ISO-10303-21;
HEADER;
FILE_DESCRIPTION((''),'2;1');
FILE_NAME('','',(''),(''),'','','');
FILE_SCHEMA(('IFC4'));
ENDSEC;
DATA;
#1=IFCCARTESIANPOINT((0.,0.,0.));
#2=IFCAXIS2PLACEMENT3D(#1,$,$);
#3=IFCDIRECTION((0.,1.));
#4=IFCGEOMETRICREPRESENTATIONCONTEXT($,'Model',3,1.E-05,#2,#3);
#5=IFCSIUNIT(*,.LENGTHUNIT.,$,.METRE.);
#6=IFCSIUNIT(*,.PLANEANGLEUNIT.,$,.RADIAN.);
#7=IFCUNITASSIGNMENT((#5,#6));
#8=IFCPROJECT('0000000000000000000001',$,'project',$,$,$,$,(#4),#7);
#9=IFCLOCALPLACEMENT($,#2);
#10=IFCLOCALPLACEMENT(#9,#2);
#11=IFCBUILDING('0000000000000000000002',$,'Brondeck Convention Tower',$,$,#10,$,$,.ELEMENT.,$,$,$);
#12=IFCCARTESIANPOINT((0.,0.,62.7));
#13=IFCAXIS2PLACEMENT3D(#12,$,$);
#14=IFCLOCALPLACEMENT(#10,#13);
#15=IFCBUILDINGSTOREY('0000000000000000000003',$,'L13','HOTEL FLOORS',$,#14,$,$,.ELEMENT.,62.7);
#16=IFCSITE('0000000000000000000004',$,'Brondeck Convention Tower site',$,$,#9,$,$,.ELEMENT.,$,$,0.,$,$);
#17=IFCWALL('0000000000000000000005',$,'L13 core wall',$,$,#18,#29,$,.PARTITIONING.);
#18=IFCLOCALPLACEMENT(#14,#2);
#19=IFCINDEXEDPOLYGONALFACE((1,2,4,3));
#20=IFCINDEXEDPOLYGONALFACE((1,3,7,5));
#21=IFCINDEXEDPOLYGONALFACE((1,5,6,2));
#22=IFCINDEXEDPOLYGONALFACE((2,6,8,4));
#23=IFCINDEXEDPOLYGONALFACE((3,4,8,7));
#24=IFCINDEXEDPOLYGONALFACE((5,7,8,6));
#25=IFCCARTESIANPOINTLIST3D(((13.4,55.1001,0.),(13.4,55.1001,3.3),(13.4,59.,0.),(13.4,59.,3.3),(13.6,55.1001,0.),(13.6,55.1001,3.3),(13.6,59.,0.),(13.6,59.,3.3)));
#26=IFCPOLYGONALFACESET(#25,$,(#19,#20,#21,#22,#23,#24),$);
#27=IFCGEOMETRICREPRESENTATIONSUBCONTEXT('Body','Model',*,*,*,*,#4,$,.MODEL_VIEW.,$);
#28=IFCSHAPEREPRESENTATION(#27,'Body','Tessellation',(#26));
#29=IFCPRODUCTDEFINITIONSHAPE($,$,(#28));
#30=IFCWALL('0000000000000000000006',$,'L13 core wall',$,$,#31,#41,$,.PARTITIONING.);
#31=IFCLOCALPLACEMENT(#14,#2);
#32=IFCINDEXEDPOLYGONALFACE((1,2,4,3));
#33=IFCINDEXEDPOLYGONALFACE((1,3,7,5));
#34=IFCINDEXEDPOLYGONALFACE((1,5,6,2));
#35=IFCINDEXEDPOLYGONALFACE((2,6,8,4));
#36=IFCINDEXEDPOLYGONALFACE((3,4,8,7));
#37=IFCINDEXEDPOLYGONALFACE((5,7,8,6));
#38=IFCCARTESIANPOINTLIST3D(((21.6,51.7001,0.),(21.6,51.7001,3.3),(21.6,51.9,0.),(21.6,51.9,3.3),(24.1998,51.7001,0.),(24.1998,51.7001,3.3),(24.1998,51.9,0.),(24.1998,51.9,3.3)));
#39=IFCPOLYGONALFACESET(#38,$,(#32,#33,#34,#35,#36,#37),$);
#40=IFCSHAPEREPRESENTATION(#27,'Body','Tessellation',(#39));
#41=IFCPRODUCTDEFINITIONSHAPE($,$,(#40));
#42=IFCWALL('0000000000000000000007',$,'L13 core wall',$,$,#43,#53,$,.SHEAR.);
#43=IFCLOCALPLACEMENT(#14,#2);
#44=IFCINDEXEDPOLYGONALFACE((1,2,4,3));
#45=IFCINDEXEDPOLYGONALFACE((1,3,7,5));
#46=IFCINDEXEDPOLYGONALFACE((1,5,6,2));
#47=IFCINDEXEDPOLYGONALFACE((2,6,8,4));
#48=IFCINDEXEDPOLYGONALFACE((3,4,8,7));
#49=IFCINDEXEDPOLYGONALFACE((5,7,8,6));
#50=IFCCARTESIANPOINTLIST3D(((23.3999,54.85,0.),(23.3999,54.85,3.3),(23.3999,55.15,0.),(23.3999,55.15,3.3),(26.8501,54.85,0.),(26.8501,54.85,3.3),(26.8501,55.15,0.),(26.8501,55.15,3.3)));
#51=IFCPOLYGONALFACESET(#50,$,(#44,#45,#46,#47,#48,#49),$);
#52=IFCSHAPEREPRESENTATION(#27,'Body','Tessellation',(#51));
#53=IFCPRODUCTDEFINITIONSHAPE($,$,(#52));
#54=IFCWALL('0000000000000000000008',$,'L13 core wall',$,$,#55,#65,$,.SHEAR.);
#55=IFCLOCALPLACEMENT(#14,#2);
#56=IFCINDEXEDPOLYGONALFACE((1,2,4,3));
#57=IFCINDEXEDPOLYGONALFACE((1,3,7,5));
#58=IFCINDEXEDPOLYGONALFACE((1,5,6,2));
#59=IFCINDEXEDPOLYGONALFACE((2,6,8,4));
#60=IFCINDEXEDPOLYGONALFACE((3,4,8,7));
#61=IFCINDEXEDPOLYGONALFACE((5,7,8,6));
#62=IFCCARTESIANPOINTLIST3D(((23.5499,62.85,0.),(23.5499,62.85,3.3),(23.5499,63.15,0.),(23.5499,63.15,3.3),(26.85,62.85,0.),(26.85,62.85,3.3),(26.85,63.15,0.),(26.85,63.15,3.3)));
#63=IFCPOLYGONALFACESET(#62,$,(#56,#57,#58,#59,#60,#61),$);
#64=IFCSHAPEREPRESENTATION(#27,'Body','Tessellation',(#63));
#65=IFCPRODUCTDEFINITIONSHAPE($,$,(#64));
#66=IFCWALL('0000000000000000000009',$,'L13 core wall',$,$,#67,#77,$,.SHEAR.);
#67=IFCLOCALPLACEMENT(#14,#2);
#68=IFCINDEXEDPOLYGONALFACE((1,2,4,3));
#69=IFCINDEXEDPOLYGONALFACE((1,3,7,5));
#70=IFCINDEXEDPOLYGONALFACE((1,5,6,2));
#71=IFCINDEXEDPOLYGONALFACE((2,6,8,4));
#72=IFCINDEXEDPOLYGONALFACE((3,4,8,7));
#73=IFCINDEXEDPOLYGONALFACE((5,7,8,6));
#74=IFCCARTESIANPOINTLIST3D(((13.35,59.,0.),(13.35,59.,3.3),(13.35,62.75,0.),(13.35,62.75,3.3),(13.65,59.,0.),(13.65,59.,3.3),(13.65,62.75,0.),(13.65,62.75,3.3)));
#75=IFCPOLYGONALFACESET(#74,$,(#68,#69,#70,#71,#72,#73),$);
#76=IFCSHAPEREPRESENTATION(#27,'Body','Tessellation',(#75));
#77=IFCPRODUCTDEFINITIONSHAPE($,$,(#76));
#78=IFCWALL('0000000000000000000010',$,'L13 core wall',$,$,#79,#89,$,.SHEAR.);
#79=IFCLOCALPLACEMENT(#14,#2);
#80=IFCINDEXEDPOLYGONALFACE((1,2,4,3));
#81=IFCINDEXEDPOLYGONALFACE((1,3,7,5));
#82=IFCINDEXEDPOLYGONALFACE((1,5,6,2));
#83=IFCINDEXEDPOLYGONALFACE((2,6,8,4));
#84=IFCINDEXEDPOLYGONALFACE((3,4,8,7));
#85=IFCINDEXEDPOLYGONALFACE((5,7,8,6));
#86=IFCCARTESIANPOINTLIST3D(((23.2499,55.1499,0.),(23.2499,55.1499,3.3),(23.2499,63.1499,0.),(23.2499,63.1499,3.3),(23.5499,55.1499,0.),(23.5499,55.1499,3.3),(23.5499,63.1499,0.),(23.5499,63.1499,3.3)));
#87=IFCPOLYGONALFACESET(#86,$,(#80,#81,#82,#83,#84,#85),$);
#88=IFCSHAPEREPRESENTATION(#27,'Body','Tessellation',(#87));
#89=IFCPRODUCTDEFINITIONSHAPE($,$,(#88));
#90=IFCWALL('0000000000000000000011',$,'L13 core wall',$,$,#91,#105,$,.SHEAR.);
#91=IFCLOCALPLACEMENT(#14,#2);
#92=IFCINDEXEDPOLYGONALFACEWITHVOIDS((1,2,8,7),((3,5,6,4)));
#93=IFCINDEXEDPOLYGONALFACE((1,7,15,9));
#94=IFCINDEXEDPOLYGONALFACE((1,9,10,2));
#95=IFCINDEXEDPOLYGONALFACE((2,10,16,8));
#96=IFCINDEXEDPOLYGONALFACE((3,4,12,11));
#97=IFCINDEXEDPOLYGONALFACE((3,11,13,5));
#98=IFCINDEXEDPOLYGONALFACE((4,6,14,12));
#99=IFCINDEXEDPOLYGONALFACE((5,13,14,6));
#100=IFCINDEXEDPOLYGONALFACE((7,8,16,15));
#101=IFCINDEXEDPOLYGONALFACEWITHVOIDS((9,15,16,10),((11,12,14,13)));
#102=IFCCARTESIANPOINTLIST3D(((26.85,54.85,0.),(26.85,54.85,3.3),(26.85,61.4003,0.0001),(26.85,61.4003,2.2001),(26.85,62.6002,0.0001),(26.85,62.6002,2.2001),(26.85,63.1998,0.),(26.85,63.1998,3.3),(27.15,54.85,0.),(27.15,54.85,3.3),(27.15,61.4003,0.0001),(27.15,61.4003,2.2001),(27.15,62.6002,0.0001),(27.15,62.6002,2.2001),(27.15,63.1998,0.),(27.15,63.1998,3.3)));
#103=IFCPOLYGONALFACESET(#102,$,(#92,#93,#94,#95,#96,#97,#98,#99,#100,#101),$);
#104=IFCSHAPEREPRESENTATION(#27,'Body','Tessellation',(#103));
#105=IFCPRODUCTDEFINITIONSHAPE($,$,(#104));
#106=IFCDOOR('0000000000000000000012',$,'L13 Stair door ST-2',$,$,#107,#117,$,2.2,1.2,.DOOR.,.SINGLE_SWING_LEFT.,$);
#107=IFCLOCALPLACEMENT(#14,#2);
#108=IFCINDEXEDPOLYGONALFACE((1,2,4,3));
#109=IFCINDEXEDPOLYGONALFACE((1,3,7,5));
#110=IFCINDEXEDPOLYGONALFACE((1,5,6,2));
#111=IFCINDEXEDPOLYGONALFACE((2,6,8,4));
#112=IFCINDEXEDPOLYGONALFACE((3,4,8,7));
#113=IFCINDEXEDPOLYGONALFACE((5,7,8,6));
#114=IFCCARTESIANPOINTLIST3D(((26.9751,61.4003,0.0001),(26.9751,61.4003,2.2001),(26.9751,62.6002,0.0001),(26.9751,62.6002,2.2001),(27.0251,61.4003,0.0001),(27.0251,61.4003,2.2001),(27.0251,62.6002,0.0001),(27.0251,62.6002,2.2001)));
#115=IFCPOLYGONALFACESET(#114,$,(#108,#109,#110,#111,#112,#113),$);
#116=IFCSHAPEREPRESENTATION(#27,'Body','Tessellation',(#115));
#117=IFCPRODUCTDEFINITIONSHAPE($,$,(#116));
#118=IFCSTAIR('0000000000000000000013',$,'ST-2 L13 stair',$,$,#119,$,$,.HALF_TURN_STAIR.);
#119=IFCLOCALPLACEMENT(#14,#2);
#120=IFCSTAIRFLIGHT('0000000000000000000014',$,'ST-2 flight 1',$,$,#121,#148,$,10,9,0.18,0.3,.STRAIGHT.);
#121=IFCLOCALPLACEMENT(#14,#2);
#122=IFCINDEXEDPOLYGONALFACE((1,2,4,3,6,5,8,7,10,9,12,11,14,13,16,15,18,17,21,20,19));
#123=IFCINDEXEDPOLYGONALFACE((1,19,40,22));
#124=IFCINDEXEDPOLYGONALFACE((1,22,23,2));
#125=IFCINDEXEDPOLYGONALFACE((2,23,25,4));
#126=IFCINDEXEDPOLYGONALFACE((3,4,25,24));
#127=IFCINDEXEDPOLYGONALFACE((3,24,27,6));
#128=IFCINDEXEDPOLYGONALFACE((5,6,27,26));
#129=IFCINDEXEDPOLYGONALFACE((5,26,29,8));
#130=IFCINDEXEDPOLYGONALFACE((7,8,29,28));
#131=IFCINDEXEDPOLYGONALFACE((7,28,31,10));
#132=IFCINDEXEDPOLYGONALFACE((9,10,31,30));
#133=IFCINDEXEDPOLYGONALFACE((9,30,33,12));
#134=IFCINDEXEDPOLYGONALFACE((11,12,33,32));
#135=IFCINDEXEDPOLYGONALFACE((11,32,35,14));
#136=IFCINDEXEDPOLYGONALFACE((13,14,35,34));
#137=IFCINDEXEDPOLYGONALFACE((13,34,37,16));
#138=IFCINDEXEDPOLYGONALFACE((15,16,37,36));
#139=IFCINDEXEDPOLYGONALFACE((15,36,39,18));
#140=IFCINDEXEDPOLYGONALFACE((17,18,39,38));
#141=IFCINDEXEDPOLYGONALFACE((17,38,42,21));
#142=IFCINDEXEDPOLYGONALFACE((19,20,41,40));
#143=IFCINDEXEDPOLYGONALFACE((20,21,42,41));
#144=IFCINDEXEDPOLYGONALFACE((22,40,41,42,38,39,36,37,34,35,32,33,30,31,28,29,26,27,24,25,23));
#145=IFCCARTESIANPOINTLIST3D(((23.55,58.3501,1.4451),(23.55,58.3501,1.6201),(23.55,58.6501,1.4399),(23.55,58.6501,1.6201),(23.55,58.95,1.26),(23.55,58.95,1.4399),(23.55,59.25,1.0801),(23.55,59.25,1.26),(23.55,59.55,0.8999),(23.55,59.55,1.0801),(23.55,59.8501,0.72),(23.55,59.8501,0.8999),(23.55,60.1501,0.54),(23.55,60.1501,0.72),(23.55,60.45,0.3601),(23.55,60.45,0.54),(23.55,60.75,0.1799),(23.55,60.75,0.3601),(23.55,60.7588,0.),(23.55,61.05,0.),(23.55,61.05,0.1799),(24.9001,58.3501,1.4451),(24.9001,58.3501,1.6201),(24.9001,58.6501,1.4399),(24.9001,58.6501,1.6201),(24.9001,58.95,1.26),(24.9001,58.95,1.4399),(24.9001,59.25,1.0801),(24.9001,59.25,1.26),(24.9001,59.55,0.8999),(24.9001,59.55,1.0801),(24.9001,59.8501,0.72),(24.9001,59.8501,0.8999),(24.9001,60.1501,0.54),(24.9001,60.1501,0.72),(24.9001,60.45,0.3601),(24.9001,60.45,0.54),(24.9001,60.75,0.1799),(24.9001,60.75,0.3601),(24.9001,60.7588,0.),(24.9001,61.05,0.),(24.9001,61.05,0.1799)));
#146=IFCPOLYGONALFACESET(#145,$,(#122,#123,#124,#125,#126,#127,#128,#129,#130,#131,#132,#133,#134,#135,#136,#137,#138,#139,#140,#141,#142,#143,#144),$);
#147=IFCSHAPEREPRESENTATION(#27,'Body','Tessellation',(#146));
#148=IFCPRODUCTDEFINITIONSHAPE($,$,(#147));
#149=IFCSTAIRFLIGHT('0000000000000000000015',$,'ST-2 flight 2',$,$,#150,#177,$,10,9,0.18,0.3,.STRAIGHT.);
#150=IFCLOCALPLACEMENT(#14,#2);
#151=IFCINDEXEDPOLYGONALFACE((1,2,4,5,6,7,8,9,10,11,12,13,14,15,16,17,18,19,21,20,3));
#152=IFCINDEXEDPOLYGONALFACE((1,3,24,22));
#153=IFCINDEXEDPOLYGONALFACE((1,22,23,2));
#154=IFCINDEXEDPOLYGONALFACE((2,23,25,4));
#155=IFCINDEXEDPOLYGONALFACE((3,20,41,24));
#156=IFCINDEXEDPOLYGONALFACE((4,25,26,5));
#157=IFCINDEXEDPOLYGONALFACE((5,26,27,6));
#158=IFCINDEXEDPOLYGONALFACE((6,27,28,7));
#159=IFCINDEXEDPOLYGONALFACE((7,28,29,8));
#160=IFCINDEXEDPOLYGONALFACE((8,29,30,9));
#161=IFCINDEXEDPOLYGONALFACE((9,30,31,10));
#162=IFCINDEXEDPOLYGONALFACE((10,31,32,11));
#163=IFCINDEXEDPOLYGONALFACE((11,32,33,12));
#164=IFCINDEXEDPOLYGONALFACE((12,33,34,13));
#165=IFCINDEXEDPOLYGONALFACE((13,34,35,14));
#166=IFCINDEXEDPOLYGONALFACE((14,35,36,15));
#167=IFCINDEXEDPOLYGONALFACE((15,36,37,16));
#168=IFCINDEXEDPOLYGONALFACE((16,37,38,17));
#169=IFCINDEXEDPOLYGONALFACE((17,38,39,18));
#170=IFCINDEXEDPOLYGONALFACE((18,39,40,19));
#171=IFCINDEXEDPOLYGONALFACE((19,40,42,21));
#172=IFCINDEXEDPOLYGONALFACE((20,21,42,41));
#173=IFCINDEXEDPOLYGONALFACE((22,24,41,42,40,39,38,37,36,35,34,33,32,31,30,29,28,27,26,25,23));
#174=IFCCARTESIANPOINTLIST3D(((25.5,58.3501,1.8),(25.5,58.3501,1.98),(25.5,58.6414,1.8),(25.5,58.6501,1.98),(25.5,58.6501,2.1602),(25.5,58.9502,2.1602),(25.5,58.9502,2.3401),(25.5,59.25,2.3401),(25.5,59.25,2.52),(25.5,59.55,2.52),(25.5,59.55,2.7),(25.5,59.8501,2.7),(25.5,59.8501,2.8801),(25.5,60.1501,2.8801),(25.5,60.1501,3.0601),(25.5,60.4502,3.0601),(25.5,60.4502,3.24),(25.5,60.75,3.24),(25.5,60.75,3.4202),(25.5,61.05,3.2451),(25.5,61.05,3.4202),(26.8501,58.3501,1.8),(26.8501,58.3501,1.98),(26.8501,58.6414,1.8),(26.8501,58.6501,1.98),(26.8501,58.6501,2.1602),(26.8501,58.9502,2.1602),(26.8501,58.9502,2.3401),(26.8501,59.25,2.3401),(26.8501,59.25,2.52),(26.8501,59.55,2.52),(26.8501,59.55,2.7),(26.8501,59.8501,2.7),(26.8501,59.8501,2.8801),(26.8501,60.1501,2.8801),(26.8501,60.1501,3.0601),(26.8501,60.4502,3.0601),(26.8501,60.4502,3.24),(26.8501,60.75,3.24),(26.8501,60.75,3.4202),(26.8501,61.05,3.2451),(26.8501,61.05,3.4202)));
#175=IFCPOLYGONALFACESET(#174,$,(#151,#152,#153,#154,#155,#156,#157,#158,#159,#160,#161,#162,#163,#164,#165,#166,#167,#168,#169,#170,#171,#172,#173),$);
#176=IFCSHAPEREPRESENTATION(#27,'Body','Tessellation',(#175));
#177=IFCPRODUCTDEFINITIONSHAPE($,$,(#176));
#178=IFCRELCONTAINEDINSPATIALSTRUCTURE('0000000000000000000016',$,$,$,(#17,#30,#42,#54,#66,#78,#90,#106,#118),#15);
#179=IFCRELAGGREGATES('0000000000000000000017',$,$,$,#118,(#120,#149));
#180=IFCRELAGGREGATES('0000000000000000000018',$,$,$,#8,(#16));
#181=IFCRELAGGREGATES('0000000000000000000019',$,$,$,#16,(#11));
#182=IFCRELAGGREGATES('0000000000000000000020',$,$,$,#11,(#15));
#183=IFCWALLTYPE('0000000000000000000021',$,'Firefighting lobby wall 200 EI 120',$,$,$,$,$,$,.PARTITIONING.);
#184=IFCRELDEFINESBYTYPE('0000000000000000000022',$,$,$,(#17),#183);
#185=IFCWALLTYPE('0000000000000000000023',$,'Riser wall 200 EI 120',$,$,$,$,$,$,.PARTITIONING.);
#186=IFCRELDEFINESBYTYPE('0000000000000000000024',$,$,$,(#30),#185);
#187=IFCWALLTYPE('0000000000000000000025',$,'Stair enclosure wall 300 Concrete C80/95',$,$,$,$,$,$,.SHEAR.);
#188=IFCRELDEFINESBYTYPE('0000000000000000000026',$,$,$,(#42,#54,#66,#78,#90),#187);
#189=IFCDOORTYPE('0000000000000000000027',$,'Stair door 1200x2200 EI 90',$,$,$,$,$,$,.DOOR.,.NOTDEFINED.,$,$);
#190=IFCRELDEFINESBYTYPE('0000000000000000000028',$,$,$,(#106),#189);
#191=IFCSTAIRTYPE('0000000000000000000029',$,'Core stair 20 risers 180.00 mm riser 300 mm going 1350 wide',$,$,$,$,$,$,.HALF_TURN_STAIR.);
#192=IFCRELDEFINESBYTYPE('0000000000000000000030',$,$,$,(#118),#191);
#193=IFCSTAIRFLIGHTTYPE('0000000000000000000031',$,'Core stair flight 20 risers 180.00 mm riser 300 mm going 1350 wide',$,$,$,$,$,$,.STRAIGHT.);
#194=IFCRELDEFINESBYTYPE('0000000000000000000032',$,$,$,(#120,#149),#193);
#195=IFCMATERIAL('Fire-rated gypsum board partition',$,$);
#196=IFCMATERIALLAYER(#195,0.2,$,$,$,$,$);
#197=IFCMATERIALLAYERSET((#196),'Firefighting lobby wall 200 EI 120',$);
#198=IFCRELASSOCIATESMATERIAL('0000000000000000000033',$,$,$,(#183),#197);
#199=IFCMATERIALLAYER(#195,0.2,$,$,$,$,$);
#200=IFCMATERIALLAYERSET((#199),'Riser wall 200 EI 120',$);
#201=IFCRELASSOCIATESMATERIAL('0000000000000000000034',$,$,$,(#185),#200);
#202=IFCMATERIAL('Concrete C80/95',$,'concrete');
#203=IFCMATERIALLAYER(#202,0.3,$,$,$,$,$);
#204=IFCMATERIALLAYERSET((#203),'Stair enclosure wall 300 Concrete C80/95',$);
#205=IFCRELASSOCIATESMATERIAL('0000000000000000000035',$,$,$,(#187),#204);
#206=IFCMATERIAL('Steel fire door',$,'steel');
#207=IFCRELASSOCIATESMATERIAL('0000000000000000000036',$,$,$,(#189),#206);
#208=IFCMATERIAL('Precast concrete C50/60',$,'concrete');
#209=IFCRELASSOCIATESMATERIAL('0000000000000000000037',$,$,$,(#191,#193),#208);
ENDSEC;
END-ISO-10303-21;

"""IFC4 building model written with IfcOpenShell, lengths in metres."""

from ifc_helpers import new_model, si_unit, direction, frame, frame_2d, origin, place, context, subcontext, project, spatial, polyline, rectangle, outline, extrude, material, layer, layer_set, type_object, element, fill, aggregate, save


model = new_model("IFC4")

# Units and contexts
model_context = context("Model", 3, precision=1e-05, world=origin(), true_north=direction((0.0, 1.0)))
body_context = subcontext(model_context, "Body", "Model", "MODEL_VIEW")
ifc_project = project(units=[si_unit("LENGTHUNIT", "METRE"), si_unit("PLANEANGLEUNIT", "RADIAN")], contexts=[model_context])

# Site, building, storey
site_placement = place(None, origin())
site = spatial("IfcSite", under=ifc_project, at=site_placement, Name="Brondeck Convention Tower site", CompositionType="ELEMENT", RefElevation=0.0)
building_placement = place(site_placement, origin())
building = spatial("IfcBuilding", under=site, at=building_placement, Name="Brondeck Convention Tower", CompositionType="ELEMENT")
storey_placement = place(building_placement, frame((0.0, 0.0, 62.7)))
storey = spatial("IfcBuildingStorey", under=building, at=storey_placement, Name="L13", Description="HOTEL FLOORS", CompositionType="ELEMENT", Elevation=62.7)

# Shared definitions
ifc_material_1 = material(Name="Concrete C80/95", Category="concrete")

# Shared definitions
ifc_material_2 = material(Name="Fire-rated gypsum board partition")
ifc_material_3 = material(Name="Steel fire door", Category="steel")

# Walls
ifc_layer_1 = layer(ifc_material_2, 0.2)
ifc_layer_set_1 = layer_set([ifc_layer_1], Name="Firefighting lobby wall 200 EI 120")
wall_type_1 = type_object("IfcWallType", Name="Firefighting lobby wall 200 EI 120", PredefinedType="PARTITIONING", material=ifc_layer_set_1)
wall_1_placement = place(storey_placement, frame((13.5, 55.1001, 0.0), z_axis=(0.0, 0.0, 1.0), x_axis=(0.0, 1.0, 0.0)))
element("IfcWall", 1, at=wall_1_placement, inside=storey, type_object=wall_type_1, Name="L13 core wall", PredefinedType="PARTITIONING", context=body_context, shape_type="SweptSolid", body=[
    extrude(rectangle(XDim=3.8999, YDim=0.2, at=frame_2d((1.95, 0.0))), origin(), (0.0, 0.0, 1.0), 3.3),
])
ifc_layer_2 = layer(ifc_material_2, 0.2)
ifc_layer_set_2 = layer_set([ifc_layer_2], Name="Riser wall 200 EI 120")
wall_type_2 = type_object("IfcWallType", Name="Riser wall 200 EI 120", PredefinedType="PARTITIONING", material=ifc_layer_set_2)
wall_2_placement = place(storey_placement, frame((21.6001, 51.8, 0.0), z_axis=(0.0, 0.0, 1.0), x_axis=(1.0, 0.0, 0.0)))
element("IfcWall", 2, at=wall_2_placement, inside=storey, type_object=wall_type_2, Name="L13 core wall", PredefinedType="PARTITIONING", context=body_context, shape_type="SweptSolid", body=[
    extrude(rectangle(XDim=2.5999, YDim=0.2, at=frame_2d((1.2998, 0.0))), origin(), (0.0, 0.0, 1.0), 3.3),
])
ifc_layer_3 = layer(ifc_material_1, 0.3)
ifc_layer_set_3 = layer_set([ifc_layer_3], Name="Stair enclosure wall 300 Concrete C80/95")
wall_type_3 = type_object("IfcWallType", Name="Stair enclosure wall 300 Concrete C80/95", PredefinedType="SHEAR", material=ifc_layer_set_3)
wall_3_placement = place(storey_placement, frame((23.3999, 55.0, 0.0), z_axis=(0.0, 0.0, 1.0), x_axis=(1.0, 0.0, 0.0)))
element("IfcWall", 3, at=wall_3_placement, inside=storey, type_object=wall_type_3, Name="L13 core wall", PredefinedType="SHEAR", context=body_context, shape_type="SweptSolid", body=[
    extrude(rectangle(XDim=3.4502, YDim=0.3, at=frame_2d((1.7251, 0.0))), origin(), (0.0, 0.0, 1.0), 3.3),
])
wall_4_placement = place(storey_placement, frame((23.55, 63.0, 0.0), z_axis=(0.0, 0.0, 1.0), x_axis=(1.0, 0.0, 0.0)))
element("IfcWall", 4, at=wall_4_placement, inside=storey, type_object=wall_type_3, Name="L13 core wall", PredefinedType="SHEAR", context=body_context, shape_type="SweptSolid", body=[
    extrude(rectangle(XDim=3.3, YDim=0.3, at=frame_2d((1.6499, 0.0))), origin(), (0.0, 0.0, 1.0), 3.3),
])
wall_5_placement = place(storey_placement, frame((13.5, 59.0, 0.0), z_axis=(0.0, 0.0, 1.0), x_axis=(0.0, 1.0, 0.0)))
element("IfcWall", 5, at=wall_5_placement, inside=storey, type_object=wall_type_3, Name="L13 core wall", PredefinedType="SHEAR", context=body_context, shape_type="SweptSolid", body=[
    extrude(rectangle(XDim=3.75, YDim=0.3, at=frame_2d((1.875, 0.0))), origin(), (0.0, 0.0, 1.0), 3.3),
])
wall_6_placement = place(storey_placement, frame((23.3999, 55.1499, 0.0), z_axis=(0.0, 0.0, 1.0), x_axis=(0.0, 1.0, 0.0)))
element("IfcWall", 6, at=wall_6_placement, inside=storey, type_object=wall_type_3, Name="L13 core wall", PredefinedType="SHEAR", context=body_context, shape_type="SweptSolid", body=[
    extrude(rectangle(XDim=8.0, YDim=0.3, at=frame_2d((4.0, 0.0))), origin(), (0.0, 0.0, 1.0), 3.3),
])

# Wall, opening, door
wall_7_placement = place(storey_placement, frame((27.0, 54.8501, 0.0), z_axis=(0.0, 0.0, 1.0), x_axis=(0.0, 1.0, 0.0)))
wall_7 = element("IfcWall", 7, at=wall_7_placement, inside=storey, type_object=wall_type_3, Name="L13 core wall", PredefinedType="SHEAR", context=body_context, shape_type="SweptSolid", body=[
    extrude(rectangle(XDim=8.3499, YDim=0.3, at=frame_2d((4.1748, 0.0))), origin(), (0.0, 0.0, 1.0), 3.3),
])
opening_1_placement = place(wall_7_placement, frame((6.55, 0.0, 0.0)))
opening_1 = element("IfcOpeningElement", 8, at=opening_1_placement, cuts=wall_7, PredefinedType="OPENING", context=body_context, shape_type="SweptSolid", body=[
    extrude(rectangle(XDim=1.2, YDim=2.2, at=frame_2d((0.6001, 1.1001))), frame((0.0, 0.1599, 0.0), z_axis=(0.0, -1.0, 0.0), x_axis=(1.0, 0.0, 0.0)), (0.0, 0.0, 1.0), 0.3201),
])
door_type_1 = type_object("IfcDoorType", Name="Stair door 1200x2200 EI 90", OperationType="NOTDEFINED", PredefinedType="DOOR", material=ifc_material_3)
door_1_placement = place(opening_1_placement, origin())
door_1 = element("IfcDoor", 9, at=door_1_placement, inside=storey, type_object=door_type_1, Name="L13 Stair door ST-2", OperationType="SINGLE_SWING_LEFT", OverallHeight=2.2, OverallWidth=1.2, PredefinedType="DOOR", context=body_context, shape_type="SweptSolid", body=[
    extrude(rectangle(XDim=1.2, YDim=2.2, at=frame_2d((0.6001, 1.1001))), frame((0.0, 0.0249, 0.0), z_axis=(0.0, -1.0, 0.0), x_axis=(1.0, 0.0, 0.0)), (0.0, 0.0, 1.0), 0.05),
])
fill(opening_1, door_1)

# Stair, stair flights
ifc_material_4 = material(Name="Precast concrete C50/60", Category="concrete")
stair_type = type_object("IfcStairType", Name="Core stair 20 risers 180.00 mm riser 300 mm going 1350 wide", PredefinedType="HALF_TURN_STAIR", material=ifc_material_4)
stair_1_placement = place(storey_placement, origin())
stair_1 = element("IfcStair", 10, at=stair_1_placement, inside=storey, type_object=stair_type, Name="ST-2 L13 stair", PredefinedType="HALF_TURN_STAIR")
stair_flight_type = type_object("IfcStairFlightType", Name="Core stair flight 20 risers 180.00 mm riser 300 mm going 1350 wide", PredefinedType="STRAIGHT", material=ifc_material_4)
stair_flight_1_placement = place(storey_placement, frame((24.2251, 61.05, 0.0), z_axis=(0.0, 0.0, 1.0), x_axis=(0.0, -1.0, 0.0)))
stair_flight_1 = element("IfcStairFlight", 11, at=stair_flight_1_placement, type_object=stair_flight_type, Name="ST-2 flight 1", NumberOfRisers=10, NumberOfTreads=9, PredefinedType="STRAIGHT", RiserHeight=0.18, TreadLength=0.3, context=body_context, shape_type="SweptSolid", body=[
    extrude(outline(polyline([(0.0, 0.0), (0.0, 0.1799), (0.3, 0.1799), (0.3, 0.3601), (0.6001, 0.3601), (0.6001, 0.54), (0.8999, 0.54), (0.8999, 0.72), (1.2, 0.72), (1.2, 0.8999), (1.5, 0.8999), (1.5, 1.0801), (1.8, 1.0801), (1.8, 1.26), (2.1001, 1.26), (2.1001, 1.4399), (2.3999, 1.4399), (2.3999, 1.6201), (2.7, 1.6201), (2.7, 1.8), (2.7, 1.4451), (0.2913, 0.0), (0.0, 0.0)])), frame((0.0, 0.675, 0.0), z_axis=(0.0, -1.0, 0.0), x_axis=(1.0, 0.0, 0.0)), (0.0, 0.0, 1.0), 1.3501),
])
stair_flight_2_placement = place(storey_placement, frame((26.175, 58.3501, 1.8), z_axis=(0.0, 0.0, 1.0), x_axis=(0.0, 1.0, 0.0)))
stair_flight_2 = element("IfcStairFlight", 12, at=stair_flight_2_placement, type_object=stair_flight_type, Name="ST-2 flight 2", NumberOfRisers=10, NumberOfTreads=9, PredefinedType="STRAIGHT", RiserHeight=0.18, TreadLength=0.3, context=body_context, shape_type="SweptSolid", body=[
    extrude(outline(polyline([(0.0, 0.0), (0.0, 0.1799), (0.3, 0.1799), (0.3, 0.3601), (0.6001, 0.3601), (0.6001, 0.54), (0.8999, 0.54), (0.8999, 0.72), (1.2, 0.72), (1.2, 0.8999), (1.5, 0.8999), (1.5, 1.0801), (1.8, 1.0801), (1.8, 1.26), (2.1001, 1.26), (2.1001, 1.4399), (2.3999, 1.4399), (2.3999, 1.6201), (2.7, 1.6201), (2.7, 1.8), (2.7, 1.4451), (0.2913, 0.0), (0.0, 0.0)])), frame((0.0, 0.675, 0.0), z_axis=(0.0, -1.0, 0.0), x_axis=(1.0, 0.0, 0.0)), (0.0, 0.0, 1.0), 1.3501),
])
aggregate(stair_1, [stair_flight_1, stair_flight_2])

save(model, "model.ifc")
